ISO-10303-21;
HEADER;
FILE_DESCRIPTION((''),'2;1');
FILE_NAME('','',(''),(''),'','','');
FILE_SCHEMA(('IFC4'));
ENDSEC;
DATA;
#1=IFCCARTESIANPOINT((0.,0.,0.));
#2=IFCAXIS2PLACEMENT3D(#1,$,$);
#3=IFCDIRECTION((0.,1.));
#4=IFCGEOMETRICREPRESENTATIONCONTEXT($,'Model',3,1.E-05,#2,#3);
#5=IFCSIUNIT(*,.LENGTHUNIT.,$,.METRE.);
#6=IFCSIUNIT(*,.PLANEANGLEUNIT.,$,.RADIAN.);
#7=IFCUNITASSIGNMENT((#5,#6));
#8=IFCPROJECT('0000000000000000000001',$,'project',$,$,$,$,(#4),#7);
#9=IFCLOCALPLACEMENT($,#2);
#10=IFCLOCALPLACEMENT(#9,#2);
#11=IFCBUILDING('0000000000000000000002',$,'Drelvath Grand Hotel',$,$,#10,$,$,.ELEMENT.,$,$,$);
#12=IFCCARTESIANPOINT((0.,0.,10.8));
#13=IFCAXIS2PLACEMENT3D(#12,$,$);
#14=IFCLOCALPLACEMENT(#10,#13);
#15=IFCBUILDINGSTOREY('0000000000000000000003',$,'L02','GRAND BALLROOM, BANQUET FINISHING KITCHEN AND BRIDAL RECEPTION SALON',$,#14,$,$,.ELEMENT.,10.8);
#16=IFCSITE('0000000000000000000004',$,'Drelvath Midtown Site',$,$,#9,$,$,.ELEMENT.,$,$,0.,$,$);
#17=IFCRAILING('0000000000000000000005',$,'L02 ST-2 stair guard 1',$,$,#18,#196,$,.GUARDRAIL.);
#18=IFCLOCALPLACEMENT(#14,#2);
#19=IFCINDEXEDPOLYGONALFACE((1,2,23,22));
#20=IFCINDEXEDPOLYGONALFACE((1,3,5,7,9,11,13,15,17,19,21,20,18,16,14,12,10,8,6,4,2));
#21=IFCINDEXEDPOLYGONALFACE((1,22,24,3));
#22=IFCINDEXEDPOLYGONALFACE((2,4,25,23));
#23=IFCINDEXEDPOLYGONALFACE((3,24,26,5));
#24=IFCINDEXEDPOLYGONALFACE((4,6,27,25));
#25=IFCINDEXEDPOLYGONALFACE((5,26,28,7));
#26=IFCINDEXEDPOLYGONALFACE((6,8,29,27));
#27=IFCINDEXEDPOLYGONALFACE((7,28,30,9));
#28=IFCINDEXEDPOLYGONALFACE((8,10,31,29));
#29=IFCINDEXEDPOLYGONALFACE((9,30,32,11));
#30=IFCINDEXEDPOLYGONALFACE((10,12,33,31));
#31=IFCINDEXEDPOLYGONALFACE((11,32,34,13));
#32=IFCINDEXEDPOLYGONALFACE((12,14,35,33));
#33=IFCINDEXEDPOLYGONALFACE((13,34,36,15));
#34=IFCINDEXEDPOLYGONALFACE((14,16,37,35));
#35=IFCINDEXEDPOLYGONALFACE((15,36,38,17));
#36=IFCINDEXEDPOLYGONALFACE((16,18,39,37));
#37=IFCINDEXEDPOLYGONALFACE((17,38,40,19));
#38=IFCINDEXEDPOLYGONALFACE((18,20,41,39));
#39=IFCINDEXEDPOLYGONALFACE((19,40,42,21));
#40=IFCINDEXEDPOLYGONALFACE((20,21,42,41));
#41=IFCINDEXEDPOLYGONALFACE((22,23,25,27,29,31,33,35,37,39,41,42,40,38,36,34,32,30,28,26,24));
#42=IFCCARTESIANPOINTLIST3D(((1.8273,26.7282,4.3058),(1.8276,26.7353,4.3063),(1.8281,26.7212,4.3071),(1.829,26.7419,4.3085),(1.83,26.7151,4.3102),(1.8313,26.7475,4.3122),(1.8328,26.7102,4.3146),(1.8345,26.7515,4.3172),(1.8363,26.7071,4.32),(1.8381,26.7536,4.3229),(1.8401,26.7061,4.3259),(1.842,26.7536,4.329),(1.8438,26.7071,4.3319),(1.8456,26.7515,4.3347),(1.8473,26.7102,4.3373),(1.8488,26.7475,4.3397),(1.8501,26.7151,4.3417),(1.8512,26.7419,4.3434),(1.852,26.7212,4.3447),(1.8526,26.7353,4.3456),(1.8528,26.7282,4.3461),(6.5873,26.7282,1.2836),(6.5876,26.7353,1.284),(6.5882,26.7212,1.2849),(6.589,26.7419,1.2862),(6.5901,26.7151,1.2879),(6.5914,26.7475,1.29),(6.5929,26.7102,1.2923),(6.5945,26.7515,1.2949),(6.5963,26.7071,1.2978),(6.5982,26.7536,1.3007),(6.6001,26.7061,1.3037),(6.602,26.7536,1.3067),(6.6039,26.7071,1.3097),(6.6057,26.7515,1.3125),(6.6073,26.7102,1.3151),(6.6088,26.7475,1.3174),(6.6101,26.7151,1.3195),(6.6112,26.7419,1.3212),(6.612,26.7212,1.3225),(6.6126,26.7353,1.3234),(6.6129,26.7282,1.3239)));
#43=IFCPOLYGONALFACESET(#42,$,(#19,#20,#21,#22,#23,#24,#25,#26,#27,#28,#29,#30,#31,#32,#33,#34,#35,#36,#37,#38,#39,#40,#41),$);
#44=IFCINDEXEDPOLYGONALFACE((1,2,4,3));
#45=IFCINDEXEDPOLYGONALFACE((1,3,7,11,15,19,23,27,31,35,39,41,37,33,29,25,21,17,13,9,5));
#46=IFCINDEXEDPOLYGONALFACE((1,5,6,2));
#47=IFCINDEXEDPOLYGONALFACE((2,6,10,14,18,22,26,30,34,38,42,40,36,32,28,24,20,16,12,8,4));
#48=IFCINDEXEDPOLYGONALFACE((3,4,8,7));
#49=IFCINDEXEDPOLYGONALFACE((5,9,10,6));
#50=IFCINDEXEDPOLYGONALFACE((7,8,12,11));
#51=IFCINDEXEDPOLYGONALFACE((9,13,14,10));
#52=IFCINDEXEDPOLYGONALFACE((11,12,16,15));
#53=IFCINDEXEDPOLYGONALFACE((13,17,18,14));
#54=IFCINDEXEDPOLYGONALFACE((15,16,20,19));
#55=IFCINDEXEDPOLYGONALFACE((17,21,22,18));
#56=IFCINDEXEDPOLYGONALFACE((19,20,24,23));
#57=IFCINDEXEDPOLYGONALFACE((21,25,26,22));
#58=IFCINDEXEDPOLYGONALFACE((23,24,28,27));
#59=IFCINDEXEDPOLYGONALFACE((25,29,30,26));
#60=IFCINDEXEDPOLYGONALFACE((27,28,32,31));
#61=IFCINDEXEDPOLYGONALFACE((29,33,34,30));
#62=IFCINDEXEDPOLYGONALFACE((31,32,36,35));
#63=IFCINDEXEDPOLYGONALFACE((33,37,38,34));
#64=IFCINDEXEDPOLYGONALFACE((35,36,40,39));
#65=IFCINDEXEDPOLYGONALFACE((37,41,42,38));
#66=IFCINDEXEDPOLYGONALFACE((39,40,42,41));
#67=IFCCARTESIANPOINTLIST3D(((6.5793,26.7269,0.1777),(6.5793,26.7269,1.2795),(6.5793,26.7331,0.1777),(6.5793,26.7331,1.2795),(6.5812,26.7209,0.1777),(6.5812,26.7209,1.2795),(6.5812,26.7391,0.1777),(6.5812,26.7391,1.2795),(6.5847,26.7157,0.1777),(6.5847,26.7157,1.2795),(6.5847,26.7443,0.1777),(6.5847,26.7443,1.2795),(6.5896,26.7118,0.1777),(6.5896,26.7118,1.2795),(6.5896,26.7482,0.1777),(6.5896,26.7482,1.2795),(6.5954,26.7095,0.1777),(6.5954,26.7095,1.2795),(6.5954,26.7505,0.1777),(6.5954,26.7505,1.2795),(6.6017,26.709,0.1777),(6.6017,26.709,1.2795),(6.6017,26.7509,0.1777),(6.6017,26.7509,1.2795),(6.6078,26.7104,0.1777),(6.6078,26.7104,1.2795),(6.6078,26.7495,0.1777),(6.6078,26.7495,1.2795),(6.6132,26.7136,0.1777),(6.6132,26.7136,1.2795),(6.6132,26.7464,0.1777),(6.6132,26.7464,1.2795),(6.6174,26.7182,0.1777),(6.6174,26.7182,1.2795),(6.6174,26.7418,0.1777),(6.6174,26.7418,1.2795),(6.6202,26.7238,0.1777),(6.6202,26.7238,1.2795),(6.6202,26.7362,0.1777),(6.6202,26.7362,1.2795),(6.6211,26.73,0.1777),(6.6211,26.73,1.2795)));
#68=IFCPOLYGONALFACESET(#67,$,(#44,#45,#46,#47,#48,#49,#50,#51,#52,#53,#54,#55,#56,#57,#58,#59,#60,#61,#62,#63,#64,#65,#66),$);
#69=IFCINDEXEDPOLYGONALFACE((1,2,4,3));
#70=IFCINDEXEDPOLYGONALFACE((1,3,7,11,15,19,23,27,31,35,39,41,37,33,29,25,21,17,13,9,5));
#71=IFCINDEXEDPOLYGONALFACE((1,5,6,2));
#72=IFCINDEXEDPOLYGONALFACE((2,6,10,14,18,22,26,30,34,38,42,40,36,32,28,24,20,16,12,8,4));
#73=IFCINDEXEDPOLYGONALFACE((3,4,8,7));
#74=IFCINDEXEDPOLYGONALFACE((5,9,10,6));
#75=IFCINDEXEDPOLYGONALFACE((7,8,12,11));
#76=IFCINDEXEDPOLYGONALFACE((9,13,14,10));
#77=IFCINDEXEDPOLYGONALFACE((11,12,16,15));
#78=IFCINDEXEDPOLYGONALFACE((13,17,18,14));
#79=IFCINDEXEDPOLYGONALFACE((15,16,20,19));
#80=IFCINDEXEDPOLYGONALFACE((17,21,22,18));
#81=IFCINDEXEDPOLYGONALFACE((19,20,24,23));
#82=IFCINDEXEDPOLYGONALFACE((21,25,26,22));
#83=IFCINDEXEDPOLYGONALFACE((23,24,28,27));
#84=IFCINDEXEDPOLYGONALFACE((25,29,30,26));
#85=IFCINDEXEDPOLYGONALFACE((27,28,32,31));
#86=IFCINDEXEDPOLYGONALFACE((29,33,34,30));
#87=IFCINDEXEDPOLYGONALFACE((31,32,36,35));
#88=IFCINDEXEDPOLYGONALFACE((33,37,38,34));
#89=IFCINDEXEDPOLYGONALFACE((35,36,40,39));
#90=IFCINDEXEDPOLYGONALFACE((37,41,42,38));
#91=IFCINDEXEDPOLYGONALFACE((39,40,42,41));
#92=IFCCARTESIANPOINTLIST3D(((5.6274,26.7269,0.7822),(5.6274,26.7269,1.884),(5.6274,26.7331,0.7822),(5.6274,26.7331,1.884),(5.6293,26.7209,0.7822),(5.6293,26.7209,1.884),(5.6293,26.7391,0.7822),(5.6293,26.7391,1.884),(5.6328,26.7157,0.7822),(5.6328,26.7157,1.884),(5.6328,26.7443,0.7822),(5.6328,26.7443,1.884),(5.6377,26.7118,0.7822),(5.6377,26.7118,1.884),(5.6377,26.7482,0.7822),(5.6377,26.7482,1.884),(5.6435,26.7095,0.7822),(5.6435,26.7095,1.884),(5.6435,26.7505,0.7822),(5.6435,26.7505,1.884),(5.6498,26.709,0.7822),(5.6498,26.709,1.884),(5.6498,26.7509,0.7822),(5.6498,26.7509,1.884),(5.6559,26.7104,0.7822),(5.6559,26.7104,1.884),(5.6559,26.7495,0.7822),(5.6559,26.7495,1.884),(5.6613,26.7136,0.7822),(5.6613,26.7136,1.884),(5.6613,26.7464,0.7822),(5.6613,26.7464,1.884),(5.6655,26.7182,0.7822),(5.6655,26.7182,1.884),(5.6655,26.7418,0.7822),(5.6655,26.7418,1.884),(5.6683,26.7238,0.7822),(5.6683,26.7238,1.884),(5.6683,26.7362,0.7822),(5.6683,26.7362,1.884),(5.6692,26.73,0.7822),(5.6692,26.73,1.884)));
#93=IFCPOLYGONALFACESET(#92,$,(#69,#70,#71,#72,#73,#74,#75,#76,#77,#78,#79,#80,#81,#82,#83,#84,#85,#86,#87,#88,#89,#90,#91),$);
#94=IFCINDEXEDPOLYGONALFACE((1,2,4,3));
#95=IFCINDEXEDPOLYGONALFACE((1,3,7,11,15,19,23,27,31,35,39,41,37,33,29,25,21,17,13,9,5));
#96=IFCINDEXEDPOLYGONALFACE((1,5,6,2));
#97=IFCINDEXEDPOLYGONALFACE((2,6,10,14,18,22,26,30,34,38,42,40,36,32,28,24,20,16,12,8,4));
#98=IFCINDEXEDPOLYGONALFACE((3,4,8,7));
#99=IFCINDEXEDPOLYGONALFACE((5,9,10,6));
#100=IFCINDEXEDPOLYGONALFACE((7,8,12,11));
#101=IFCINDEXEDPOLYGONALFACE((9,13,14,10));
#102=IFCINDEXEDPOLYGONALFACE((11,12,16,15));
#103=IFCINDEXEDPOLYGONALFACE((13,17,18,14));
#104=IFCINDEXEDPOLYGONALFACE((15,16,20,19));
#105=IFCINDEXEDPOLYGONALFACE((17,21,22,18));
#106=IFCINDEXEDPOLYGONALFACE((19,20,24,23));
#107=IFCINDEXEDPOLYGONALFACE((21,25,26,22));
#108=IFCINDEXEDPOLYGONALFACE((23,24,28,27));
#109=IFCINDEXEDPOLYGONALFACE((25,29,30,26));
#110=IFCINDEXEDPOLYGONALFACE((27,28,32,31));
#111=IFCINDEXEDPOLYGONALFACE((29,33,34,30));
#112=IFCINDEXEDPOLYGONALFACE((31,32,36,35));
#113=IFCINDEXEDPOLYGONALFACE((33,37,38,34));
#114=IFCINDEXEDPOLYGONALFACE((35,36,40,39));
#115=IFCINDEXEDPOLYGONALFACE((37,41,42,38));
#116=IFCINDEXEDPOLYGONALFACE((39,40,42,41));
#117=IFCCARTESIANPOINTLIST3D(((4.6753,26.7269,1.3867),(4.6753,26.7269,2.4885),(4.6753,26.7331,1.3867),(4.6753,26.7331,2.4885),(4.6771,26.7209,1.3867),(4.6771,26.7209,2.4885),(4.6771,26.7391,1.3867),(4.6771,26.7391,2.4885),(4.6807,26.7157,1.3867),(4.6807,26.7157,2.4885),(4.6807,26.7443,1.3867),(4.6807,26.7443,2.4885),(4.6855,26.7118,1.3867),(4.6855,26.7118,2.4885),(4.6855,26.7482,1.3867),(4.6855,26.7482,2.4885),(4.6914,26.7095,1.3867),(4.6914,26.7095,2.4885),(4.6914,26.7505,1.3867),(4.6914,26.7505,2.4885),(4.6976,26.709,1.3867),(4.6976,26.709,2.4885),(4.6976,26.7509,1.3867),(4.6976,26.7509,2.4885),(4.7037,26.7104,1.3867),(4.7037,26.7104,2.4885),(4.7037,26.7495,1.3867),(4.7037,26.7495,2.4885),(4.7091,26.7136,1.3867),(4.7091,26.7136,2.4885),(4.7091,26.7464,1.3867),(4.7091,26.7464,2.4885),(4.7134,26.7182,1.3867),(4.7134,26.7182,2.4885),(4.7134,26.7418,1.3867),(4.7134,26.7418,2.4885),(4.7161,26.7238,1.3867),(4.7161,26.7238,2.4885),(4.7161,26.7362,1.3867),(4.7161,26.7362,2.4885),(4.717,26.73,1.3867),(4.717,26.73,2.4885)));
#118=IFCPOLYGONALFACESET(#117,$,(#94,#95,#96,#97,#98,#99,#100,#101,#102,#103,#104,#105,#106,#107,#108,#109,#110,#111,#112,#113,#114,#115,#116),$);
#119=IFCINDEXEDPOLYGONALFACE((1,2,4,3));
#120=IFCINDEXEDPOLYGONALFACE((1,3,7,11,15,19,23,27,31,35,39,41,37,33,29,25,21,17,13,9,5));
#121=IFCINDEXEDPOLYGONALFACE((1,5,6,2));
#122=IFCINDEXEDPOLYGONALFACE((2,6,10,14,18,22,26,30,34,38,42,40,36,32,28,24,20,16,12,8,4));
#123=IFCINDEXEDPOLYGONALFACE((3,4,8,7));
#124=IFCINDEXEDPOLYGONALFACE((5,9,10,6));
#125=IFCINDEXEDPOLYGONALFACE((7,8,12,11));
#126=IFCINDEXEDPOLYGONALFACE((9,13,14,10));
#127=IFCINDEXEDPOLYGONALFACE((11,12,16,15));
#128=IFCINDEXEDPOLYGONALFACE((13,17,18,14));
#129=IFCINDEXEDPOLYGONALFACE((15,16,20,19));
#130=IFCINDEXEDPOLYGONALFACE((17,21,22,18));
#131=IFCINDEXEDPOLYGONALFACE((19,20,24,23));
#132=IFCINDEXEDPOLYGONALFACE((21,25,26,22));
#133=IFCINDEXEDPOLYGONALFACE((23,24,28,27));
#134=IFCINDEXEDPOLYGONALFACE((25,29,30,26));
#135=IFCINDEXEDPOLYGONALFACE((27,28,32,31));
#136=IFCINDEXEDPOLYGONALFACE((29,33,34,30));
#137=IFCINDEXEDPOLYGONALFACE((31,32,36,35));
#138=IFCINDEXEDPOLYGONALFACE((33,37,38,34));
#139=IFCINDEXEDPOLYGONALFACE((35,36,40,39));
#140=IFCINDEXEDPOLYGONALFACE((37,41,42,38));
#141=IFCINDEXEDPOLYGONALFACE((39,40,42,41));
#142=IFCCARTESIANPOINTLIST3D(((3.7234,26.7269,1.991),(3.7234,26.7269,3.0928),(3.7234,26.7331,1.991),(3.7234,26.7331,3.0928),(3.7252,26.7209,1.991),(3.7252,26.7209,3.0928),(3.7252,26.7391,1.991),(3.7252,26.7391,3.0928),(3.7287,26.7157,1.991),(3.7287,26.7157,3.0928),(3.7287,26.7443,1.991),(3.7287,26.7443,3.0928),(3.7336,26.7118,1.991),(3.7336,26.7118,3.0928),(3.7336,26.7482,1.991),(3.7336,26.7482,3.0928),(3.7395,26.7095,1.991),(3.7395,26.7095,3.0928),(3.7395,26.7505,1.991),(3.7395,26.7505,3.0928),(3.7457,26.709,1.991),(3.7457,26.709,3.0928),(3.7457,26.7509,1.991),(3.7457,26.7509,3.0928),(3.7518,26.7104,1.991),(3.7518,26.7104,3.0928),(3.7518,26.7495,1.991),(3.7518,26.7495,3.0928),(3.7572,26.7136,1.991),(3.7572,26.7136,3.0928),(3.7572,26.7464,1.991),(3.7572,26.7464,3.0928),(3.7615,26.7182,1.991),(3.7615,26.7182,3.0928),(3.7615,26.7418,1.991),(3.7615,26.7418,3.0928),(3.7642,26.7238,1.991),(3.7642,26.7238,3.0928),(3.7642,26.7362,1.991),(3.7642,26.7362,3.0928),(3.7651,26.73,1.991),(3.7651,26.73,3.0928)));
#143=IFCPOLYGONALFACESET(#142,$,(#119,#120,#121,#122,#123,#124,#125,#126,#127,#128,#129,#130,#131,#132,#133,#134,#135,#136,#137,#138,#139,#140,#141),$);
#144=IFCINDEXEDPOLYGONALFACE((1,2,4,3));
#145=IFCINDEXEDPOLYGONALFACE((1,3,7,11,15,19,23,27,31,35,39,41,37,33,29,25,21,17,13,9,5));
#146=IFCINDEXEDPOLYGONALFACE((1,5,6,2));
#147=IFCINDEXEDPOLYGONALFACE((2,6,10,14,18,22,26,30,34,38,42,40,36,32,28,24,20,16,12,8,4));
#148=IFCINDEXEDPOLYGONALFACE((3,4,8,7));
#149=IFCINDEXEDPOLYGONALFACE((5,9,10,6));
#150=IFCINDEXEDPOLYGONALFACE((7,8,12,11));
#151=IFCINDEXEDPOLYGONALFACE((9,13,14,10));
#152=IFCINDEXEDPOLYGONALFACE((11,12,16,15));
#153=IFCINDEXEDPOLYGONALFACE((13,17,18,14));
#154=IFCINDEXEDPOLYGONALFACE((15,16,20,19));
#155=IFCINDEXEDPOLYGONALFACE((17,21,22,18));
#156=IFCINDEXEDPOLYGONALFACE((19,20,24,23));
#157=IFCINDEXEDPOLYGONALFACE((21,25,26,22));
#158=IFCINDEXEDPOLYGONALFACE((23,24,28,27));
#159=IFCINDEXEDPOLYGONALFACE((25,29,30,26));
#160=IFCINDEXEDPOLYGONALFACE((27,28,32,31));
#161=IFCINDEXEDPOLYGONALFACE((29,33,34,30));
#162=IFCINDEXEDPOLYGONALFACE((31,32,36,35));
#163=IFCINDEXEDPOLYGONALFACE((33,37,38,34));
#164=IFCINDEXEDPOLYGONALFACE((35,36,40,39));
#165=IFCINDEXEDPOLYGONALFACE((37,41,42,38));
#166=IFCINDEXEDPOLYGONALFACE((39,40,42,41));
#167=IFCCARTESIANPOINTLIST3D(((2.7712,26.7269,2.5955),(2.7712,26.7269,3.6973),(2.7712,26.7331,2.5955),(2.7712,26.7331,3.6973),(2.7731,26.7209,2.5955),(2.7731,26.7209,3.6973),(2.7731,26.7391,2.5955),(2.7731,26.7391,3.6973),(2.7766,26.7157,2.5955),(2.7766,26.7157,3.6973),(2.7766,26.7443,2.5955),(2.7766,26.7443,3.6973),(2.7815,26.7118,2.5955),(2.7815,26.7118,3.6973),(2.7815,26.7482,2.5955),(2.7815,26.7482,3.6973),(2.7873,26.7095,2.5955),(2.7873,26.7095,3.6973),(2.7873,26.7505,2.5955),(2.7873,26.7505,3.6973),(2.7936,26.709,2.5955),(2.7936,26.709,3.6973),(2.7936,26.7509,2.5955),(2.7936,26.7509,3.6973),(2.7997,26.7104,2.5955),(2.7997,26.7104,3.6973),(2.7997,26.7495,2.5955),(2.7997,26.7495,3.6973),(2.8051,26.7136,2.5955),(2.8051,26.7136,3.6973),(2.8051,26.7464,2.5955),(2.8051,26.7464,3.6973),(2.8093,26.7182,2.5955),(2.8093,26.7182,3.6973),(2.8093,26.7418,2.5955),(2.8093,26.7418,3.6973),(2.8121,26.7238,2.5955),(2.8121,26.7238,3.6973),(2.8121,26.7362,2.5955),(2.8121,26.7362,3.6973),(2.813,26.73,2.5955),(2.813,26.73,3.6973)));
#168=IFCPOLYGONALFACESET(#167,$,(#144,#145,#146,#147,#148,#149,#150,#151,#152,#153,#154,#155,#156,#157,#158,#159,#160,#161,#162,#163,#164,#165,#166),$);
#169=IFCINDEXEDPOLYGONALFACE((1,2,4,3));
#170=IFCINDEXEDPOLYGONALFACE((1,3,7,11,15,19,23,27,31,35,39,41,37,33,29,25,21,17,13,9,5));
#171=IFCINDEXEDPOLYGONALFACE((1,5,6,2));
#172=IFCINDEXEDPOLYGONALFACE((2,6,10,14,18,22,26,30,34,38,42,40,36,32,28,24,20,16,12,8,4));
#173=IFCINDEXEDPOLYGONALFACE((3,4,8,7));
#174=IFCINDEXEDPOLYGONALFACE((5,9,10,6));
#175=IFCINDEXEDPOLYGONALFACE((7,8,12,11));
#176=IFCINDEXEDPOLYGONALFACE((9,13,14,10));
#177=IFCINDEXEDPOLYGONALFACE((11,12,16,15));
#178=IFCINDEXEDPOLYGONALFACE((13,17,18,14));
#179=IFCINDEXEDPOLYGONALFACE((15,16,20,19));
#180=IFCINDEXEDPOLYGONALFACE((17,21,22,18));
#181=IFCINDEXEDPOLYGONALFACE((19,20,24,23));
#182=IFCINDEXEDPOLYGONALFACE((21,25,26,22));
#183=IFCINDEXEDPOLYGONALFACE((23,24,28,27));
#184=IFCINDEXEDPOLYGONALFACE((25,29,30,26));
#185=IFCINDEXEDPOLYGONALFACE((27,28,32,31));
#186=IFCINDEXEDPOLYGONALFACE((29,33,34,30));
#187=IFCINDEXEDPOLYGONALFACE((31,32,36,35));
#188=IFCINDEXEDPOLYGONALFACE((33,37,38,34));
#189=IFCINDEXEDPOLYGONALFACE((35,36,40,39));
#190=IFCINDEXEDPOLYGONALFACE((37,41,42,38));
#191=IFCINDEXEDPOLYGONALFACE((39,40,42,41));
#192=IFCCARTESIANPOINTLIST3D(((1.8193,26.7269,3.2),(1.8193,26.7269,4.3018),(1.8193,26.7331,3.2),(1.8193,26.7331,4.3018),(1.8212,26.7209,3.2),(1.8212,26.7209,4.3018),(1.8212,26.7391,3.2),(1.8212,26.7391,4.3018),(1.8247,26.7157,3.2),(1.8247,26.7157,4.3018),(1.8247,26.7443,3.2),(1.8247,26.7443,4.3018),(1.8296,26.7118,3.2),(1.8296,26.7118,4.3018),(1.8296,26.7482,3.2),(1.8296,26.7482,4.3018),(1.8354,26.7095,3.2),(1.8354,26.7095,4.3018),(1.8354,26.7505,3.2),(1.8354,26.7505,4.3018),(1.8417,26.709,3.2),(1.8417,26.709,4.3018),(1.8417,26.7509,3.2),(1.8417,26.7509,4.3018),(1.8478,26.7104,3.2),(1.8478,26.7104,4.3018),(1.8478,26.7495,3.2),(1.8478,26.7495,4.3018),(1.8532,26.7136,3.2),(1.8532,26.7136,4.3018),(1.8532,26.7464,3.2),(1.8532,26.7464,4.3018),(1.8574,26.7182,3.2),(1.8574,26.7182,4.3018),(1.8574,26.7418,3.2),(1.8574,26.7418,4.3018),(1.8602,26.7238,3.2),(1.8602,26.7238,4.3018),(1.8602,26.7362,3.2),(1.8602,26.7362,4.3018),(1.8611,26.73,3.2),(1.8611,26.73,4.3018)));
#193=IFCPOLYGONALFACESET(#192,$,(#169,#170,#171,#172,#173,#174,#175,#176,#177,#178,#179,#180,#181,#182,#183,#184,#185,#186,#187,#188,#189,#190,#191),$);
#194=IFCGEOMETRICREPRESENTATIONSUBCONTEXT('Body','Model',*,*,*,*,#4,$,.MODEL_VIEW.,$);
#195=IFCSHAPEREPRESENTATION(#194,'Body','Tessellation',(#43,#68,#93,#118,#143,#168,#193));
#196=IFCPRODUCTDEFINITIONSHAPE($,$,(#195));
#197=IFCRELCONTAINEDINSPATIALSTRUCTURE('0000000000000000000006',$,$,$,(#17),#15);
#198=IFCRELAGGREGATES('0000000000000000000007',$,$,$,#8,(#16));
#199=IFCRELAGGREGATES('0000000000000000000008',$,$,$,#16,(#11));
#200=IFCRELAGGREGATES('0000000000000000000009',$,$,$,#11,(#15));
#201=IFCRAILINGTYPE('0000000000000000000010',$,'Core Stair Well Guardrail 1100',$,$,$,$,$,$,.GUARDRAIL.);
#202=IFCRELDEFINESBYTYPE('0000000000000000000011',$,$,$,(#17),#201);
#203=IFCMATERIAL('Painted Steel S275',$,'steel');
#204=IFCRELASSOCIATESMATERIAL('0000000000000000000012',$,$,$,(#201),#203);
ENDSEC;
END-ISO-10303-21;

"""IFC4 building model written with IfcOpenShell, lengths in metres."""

from ifc_helpers import new_model, si_unit, direction, frame, origin, origin_2d, place, context, subcontext, project, spatial, circle, extrude, material, type_object, element, save


model = new_model("IFC4")

# Units and contexts
model_context = context("Model", 3, precision=1e-05, world=origin(), true_north=direction((0.0, 1.0)))
body_context = subcontext(model_context, "Body", "Model", "MODEL_VIEW")
ifc_project = project(units=[si_unit("LENGTHUNIT", "METRE"), si_unit("PLANEANGLEUNIT", "RADIAN")], contexts=[model_context])

# Site, building, storey
site_placement = place(None, origin())
site = spatial("IfcSite", under=ifc_project, at=site_placement, Name="Drelvath Midtown Site", CompositionType="ELEMENT", RefElevation=0.0)
building_placement = place(site_placement, origin())
building = spatial("IfcBuilding", under=site, at=building_placement, Name="Drelvath Grand Hotel", CompositionType="ELEMENT")
storey_placement = place(building_placement, frame((0.0, 0.0, 10.8)))
storey = spatial("IfcBuildingStorey", under=building, at=storey_placement, Name="L02", Description="GRAND BALLROOM, BANQUET FINISHING KITCHEN AND BRIDAL RECEPTION SALON", CompositionType="ELEMENT", Elevation=10.8)

# Shared definitions
ifc_material_1 = material(Name="Painted Steel S275", Category="steel")

# Railing
railing_type_1 = type_object("IfcRailingType", Name="Core Stair Well Guardrail 1100", PredefinedType="GUARDRAIL", material=ifc_material_1)
railing_1_placement = place(storey_placement, frame((6.6001, 26.73, 0.1777)))
element("IfcRailing", 1, at=railing_1_placement, inside=storey, type_object=railing_type_1, Name="L02 ST-2 stair guard 1", PredefinedType="GUARDRAIL", context=body_context, shape_type="SweptSolid", body=[
    extrude(circle(Radius=0.0239, at=origin_2d()), frame((0.0, 0.0, 1.126), z_axis=(-0.844214, 0.0, 0.536007), x_axis=(0.0, -1.0, 0.0)), (0.0, 0.0, 1.0), 5.6384),
    extrude(circle(Radius=0.021, at=origin_2d()), origin(), (0.0, 0.0, 1.0), 1.1018),
    extrude(circle(Radius=0.021, at=origin_2d()), frame((-0.9519, 0.0, 0.6045)), (0.0, 0.0, 1.0), 1.1018),
    extrude(circle(Radius=0.021, at=origin_2d()), frame((-1.9041, 0.0, 1.209)), (0.0, 0.0, 1.0), 1.1018),
    extrude(circle(Radius=0.021, at=origin_2d()), frame((-2.856, 0.0, 1.8132)), (0.0, 0.0, 1.0), 1.1018),
    extrude(circle(Radius=0.021, at=origin_2d()), frame((-3.8081, 0.0, 2.4177)), (0.0, 0.0, 1.0), 1.1018),
    extrude(circle(Radius=0.021, at=origin_2d()), frame((-4.76, 0.0, 3.0222)), (0.0, 0.0, 1.0), 1.1018),
])

save(model, "model.ifc")
